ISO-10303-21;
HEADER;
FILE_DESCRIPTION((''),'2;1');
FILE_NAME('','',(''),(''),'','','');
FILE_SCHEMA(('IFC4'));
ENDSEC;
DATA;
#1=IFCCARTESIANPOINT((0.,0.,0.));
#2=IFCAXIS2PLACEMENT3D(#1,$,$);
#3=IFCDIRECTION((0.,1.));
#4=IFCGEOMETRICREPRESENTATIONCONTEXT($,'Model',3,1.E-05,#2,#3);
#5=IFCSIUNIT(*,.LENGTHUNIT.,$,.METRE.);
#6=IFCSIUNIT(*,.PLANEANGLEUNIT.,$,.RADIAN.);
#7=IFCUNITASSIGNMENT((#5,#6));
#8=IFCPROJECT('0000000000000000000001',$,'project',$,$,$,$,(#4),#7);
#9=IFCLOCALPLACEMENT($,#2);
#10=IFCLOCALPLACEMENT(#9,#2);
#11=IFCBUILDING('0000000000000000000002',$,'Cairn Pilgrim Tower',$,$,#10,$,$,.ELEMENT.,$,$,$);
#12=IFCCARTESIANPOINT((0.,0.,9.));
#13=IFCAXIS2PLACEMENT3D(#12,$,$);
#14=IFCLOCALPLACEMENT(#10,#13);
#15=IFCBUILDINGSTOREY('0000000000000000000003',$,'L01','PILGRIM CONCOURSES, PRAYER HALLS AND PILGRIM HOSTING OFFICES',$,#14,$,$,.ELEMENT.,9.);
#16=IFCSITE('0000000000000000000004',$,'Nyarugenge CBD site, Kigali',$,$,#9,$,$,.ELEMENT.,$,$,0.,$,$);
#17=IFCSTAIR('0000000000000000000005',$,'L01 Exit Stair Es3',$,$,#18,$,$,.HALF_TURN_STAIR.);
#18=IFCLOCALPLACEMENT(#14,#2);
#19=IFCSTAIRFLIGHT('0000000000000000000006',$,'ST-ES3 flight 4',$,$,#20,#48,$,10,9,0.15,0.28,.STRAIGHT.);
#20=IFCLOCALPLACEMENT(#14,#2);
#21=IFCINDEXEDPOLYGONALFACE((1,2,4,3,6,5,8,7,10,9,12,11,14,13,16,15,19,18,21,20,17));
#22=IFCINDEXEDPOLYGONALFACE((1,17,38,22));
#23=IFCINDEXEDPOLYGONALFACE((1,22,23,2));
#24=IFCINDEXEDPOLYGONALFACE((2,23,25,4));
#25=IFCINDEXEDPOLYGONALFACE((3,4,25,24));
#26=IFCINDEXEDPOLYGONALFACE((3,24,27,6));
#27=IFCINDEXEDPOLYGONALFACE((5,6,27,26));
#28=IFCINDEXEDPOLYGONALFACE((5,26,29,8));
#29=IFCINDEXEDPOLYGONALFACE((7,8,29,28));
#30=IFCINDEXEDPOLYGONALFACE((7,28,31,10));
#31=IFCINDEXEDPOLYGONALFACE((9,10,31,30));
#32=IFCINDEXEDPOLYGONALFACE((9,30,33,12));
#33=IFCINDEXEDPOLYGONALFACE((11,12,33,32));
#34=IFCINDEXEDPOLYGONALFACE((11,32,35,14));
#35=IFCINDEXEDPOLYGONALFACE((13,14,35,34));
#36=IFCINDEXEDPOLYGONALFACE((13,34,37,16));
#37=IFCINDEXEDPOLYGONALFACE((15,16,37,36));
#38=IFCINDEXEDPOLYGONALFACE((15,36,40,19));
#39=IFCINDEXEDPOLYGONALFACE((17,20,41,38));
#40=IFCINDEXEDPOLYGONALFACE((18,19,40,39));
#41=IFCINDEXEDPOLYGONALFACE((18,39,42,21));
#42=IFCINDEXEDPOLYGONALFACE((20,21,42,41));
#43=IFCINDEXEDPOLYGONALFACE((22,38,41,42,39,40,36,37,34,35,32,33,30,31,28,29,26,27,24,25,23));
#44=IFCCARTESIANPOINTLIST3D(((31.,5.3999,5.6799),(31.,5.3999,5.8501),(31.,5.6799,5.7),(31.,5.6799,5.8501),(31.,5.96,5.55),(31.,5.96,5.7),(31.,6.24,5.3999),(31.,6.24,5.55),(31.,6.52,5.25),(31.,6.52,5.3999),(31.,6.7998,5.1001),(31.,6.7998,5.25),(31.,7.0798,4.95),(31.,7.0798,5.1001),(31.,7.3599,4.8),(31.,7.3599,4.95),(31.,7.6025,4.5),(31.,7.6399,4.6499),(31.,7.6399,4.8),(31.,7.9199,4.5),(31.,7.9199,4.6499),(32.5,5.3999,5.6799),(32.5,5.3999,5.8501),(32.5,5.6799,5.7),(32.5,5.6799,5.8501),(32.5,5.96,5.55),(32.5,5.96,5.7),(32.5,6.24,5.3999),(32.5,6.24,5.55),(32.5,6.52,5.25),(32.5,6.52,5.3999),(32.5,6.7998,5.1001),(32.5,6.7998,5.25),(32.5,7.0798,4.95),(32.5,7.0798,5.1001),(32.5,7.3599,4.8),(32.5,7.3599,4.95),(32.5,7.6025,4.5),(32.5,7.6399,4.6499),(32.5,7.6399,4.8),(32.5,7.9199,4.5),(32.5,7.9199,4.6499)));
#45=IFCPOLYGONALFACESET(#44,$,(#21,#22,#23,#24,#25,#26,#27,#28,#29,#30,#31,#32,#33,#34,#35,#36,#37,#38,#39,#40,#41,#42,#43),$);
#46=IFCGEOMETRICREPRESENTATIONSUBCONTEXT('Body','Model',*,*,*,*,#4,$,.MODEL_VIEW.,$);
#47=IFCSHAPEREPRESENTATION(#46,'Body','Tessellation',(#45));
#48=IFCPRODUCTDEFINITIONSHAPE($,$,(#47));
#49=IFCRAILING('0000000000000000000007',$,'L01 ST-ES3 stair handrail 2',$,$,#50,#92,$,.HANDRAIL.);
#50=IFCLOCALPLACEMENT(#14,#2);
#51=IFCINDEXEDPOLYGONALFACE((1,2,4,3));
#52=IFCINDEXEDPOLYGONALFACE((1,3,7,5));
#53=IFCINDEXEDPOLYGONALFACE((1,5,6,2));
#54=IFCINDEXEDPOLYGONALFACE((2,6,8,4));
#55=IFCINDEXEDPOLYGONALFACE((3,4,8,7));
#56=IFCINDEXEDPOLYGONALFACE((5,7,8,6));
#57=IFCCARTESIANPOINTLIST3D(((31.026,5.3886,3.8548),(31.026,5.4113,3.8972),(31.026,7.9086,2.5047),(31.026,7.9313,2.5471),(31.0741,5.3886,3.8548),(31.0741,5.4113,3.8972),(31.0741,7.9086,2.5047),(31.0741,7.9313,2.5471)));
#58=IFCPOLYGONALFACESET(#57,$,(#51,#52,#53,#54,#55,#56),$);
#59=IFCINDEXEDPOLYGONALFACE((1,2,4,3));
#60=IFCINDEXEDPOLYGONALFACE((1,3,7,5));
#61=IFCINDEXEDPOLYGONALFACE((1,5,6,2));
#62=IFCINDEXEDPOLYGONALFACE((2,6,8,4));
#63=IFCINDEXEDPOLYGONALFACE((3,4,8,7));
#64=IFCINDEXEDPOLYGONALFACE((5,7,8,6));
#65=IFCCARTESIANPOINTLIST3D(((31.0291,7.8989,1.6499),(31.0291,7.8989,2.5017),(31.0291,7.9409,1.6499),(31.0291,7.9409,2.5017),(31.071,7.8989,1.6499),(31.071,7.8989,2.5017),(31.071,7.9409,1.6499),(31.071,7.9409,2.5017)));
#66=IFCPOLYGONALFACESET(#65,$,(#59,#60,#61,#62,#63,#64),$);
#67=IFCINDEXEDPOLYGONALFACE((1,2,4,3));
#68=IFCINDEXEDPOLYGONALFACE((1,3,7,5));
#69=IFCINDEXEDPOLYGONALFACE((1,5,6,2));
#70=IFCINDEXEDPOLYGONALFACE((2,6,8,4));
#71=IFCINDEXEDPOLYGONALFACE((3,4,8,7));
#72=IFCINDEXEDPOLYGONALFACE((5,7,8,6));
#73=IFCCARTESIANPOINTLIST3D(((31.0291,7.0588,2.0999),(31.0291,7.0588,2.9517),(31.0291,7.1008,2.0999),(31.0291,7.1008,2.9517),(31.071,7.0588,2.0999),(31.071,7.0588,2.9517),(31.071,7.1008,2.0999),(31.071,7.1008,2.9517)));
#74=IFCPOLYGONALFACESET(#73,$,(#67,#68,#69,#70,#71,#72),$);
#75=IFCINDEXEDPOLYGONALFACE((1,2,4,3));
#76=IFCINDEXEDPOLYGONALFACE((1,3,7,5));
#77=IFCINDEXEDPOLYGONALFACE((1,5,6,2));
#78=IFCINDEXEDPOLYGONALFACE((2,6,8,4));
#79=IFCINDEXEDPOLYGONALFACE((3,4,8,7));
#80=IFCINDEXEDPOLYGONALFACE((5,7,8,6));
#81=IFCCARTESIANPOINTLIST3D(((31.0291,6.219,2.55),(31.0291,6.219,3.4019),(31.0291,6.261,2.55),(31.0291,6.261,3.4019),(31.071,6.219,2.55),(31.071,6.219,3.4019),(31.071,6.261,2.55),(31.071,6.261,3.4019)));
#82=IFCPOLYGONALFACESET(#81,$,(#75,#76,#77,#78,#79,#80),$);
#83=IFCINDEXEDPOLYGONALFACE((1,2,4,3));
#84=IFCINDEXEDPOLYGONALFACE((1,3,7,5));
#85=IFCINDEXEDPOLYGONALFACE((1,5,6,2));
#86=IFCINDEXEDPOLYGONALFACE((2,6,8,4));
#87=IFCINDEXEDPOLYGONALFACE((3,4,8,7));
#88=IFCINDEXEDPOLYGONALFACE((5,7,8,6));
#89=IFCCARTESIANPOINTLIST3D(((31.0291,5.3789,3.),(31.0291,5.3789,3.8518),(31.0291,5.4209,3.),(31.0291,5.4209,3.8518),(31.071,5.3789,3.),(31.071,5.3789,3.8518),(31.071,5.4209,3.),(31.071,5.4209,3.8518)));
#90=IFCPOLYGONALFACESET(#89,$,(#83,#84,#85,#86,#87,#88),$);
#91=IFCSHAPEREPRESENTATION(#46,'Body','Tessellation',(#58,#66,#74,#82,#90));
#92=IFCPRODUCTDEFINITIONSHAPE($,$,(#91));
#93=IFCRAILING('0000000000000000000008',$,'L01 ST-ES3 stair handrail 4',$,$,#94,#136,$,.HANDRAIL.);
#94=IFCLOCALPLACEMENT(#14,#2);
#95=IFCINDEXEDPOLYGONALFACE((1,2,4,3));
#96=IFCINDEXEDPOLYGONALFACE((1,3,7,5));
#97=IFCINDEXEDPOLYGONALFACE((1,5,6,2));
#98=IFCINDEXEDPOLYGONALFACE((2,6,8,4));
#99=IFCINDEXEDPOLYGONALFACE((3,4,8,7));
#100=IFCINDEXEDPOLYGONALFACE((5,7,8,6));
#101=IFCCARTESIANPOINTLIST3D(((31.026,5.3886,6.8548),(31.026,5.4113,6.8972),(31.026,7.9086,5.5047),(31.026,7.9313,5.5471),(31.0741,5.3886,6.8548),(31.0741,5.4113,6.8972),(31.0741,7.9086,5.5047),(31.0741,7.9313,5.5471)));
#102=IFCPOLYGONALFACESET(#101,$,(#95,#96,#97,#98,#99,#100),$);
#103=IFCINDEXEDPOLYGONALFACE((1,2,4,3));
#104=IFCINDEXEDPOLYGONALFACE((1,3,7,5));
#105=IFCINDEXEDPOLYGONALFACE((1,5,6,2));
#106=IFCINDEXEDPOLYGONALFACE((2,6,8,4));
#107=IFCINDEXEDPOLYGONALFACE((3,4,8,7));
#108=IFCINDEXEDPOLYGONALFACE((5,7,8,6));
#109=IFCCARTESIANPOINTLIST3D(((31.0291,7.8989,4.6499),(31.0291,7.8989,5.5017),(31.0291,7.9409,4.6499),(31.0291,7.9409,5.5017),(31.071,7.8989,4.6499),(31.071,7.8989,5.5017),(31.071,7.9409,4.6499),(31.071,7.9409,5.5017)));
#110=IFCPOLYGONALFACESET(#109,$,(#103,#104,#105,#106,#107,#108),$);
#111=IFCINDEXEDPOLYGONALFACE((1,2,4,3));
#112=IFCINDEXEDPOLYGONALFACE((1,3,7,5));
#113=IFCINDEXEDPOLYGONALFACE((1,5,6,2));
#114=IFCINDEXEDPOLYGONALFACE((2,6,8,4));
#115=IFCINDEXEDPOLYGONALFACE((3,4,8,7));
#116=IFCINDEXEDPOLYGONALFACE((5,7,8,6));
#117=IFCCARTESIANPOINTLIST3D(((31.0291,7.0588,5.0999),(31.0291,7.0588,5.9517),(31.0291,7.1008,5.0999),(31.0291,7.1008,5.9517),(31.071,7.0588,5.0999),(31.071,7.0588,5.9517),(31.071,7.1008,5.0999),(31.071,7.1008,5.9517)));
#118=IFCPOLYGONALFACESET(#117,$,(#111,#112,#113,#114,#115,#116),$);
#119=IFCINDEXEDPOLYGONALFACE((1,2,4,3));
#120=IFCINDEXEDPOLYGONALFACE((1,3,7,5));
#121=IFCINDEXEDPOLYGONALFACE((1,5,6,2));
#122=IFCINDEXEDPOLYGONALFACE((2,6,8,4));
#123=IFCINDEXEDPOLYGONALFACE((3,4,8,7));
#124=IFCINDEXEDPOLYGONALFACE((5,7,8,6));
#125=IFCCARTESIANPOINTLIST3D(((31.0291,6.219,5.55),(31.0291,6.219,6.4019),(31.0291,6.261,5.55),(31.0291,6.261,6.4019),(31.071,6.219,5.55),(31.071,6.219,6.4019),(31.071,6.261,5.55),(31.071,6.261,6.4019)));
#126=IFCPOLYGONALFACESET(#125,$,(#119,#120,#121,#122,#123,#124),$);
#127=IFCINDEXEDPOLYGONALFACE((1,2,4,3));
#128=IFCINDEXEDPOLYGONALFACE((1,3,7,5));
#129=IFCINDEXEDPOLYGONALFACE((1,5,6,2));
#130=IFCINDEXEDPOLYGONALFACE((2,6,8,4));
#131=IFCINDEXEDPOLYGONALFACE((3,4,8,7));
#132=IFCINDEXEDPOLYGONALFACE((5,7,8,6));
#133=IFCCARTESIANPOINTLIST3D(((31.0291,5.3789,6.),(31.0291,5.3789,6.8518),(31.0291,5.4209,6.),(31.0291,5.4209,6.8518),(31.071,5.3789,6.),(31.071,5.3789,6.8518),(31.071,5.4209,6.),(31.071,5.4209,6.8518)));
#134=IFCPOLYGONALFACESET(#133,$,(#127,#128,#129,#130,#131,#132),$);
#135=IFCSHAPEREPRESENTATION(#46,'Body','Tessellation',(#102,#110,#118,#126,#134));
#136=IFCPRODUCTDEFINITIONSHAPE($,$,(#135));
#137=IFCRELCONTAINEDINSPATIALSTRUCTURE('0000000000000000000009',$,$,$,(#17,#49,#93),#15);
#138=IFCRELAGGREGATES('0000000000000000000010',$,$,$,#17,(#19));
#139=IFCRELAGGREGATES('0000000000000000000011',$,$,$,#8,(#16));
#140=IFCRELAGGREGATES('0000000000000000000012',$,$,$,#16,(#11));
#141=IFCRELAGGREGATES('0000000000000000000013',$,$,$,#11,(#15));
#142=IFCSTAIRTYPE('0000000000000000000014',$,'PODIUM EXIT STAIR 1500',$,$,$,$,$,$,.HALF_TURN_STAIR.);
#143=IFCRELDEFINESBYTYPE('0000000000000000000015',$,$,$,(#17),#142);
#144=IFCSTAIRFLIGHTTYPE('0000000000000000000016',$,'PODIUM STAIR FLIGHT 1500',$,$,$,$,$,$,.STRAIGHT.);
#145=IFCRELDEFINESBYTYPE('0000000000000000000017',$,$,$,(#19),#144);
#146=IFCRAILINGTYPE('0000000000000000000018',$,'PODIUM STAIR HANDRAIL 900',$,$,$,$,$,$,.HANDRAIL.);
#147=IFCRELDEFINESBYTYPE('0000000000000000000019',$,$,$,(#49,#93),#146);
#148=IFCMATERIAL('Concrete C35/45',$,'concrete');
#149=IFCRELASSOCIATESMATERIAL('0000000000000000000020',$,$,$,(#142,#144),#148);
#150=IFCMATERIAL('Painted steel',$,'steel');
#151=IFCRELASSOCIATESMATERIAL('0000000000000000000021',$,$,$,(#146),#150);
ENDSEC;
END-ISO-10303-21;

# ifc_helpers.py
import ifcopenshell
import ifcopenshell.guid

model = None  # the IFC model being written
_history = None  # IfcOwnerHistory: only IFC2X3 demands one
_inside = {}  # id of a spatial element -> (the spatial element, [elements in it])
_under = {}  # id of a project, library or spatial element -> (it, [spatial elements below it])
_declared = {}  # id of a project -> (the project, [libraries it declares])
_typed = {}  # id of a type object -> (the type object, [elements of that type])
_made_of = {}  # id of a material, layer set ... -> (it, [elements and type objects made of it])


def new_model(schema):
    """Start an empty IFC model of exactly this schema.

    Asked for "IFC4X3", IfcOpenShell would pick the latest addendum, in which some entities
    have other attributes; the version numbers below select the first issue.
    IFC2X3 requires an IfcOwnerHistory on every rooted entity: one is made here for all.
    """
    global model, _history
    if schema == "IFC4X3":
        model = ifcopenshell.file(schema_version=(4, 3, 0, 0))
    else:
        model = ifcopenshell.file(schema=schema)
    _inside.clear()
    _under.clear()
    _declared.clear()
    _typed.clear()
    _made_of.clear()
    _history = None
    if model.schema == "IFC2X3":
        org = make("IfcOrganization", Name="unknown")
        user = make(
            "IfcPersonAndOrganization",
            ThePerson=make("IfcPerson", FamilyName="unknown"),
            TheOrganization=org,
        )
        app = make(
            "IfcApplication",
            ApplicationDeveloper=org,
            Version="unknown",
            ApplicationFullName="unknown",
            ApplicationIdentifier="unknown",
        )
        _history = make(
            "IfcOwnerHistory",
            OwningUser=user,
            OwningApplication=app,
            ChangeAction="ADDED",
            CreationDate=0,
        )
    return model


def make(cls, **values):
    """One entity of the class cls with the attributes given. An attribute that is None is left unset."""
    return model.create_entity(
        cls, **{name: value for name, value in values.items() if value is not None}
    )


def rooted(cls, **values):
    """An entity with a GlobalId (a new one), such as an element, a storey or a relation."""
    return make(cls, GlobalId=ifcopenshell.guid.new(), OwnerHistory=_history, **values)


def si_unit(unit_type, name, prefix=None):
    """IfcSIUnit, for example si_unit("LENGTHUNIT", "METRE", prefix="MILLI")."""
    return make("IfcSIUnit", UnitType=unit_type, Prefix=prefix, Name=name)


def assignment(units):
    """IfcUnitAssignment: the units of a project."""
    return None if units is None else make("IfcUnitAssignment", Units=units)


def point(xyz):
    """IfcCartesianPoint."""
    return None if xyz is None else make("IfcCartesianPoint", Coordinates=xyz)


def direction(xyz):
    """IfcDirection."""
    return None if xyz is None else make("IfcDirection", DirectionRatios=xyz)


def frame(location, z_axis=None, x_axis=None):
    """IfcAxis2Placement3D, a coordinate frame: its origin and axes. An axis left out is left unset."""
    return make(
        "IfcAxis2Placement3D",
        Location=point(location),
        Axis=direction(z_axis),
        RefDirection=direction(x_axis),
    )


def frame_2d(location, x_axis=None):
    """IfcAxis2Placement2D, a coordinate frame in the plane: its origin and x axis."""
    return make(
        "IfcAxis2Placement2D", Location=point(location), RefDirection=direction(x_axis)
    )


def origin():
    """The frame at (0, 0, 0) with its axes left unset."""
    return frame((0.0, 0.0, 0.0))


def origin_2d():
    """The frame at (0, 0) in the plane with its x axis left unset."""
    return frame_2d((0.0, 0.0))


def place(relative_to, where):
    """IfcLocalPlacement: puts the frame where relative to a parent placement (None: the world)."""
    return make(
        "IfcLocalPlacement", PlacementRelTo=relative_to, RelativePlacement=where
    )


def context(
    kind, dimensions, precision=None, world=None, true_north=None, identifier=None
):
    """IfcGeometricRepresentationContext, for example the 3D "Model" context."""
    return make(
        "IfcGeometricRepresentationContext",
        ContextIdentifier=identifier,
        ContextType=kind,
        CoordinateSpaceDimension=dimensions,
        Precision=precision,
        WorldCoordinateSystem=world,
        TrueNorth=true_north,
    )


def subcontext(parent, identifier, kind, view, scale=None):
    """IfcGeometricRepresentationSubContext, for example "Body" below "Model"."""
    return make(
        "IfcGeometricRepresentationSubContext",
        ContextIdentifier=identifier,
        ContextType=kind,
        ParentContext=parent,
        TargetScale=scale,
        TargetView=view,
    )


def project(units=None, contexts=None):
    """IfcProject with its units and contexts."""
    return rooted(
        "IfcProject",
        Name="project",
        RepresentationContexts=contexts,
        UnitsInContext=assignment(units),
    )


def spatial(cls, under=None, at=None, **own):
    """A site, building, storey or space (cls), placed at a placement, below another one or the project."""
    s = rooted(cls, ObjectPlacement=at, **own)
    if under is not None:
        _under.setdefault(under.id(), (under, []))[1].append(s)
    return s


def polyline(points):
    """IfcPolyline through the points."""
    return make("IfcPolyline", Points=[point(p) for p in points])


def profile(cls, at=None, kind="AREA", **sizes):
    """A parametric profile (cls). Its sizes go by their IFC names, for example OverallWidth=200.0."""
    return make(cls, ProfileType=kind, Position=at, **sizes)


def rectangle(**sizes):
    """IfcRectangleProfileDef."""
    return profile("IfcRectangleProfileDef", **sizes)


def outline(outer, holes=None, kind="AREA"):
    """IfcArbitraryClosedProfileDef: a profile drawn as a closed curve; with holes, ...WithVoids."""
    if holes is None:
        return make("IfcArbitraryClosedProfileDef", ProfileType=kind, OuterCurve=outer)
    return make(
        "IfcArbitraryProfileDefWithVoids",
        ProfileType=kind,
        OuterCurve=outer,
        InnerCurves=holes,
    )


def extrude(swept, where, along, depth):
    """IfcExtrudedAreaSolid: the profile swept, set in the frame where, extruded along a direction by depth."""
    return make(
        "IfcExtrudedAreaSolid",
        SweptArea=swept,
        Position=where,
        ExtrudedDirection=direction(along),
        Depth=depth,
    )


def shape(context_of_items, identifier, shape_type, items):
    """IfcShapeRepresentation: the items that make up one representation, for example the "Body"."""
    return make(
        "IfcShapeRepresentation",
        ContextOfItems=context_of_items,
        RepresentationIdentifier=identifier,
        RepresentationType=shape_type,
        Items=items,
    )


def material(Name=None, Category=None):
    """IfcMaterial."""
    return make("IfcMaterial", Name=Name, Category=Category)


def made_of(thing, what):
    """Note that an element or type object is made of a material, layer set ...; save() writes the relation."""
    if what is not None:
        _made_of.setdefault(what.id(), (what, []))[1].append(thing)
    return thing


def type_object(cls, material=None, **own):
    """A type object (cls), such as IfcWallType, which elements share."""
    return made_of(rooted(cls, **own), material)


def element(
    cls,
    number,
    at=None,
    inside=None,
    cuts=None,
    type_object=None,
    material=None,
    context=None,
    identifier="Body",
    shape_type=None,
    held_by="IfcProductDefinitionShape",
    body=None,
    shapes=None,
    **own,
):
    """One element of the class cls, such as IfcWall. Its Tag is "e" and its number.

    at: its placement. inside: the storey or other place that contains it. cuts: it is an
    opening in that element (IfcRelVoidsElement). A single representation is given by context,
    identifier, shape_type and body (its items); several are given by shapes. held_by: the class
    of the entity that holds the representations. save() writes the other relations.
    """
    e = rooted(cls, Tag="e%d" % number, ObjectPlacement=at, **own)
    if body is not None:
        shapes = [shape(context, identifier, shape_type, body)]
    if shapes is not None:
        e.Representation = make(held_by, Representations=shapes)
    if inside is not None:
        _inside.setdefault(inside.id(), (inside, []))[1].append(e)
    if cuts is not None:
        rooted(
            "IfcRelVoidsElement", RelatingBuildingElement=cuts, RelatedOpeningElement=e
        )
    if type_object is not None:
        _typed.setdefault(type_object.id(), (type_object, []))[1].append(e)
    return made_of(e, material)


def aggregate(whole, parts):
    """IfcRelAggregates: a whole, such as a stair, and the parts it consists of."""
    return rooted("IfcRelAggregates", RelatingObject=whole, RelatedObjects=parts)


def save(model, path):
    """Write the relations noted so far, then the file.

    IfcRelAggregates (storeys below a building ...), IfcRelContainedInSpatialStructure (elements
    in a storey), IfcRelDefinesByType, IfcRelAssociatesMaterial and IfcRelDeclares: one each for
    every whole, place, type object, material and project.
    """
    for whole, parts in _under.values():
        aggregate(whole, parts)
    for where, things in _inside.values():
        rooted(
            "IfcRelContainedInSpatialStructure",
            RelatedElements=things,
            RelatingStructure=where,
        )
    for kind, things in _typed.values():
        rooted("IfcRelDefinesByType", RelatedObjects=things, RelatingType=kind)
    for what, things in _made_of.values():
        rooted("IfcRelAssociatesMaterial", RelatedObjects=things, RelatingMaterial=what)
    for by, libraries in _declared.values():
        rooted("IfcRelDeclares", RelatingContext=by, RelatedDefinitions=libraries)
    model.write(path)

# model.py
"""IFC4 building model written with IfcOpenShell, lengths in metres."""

from ifc_helpers import new_model, si_unit, direction, frame, origin, origin_2d, place, context, subcontext, project, spatial, polyline, rectangle, outline, extrude, material, type_object, element, aggregate, save


model = new_model("IFC4")

# Units and contexts
model_context = context("Model", 3, precision=1e-05, world=origin(), true_north=direction((0.0, 1.0)))
body_context = subcontext(model_context, "Body", "Model", "MODEL_VIEW")
ifc_project = project(units=[si_unit("LENGTHUNIT", "METRE"), si_unit("PLANEANGLEUNIT", "RADIAN")], contexts=[model_context])

# Site, building, storey
site_placement = place(None, origin())
site = spatial("IfcSite", under=ifc_project, at=site_placement, Name="Nyarugenge CBD site, Kigali", CompositionType="ELEMENT", RefElevation=0.0)
building_placement = place(site_placement, origin())
building = spatial("IfcBuilding", under=site, at=building_placement, Name="Cairn Pilgrim Tower", CompositionType="ELEMENT")
storey_placement = place(building_placement, frame((0.0, 0.0, 9.0)))
storey = spatial("IfcBuildingStorey", under=building, at=storey_placement, Name="L01", Description="PILGRIM CONCOURSES, PRAYER HALLS AND PILGRIM HOSTING OFFICES", CompositionType="ELEMENT", Elevation=9.0)

# Shared definitions
ifc_material_1 = material(Name="Concrete C35/45", Category="concrete")

# Stair, stair flight
stair_type = type_object("IfcStairType", Name="PODIUM EXIT STAIR 1500", PredefinedType="HALF_TURN_STAIR", material=ifc_material_1)
stair_placement = place(storey_placement, origin())
stair = element("IfcStair", 1, at=stair_placement, inside=storey, type_object=stair_type, Name="L01 Exit Stair Es3", PredefinedType="HALF_TURN_STAIR")
stair_flight_type = type_object("IfcStairFlightType", Name="PODIUM STAIR FLIGHT 1500", PredefinedType="STRAIGHT", material=ifc_material_1)
stair_flight_1_placement = place(storey_placement, frame((31.75, 7.9199, 4.5), z_axis=(0.0, 0.0, 1.0), x_axis=(0.0, -1.0, 0.0)))
stair_flight_1 = element("IfcStairFlight", 2, at=stair_flight_1_placement, type_object=stair_flight_type, Name="ST-ES3 flight 4", NumberOfRisers=10, NumberOfTreads=9, PredefinedType="STRAIGHT", RiserHeight=0.15, TreadLength=0.28, context=body_context, shape_type="SweptSolid", body=[
    extrude(outline(polyline([(0.0, 0.0), (0.0, 0.1499), (0.28, 0.1499), (0.28, 0.3), (0.5601, 0.3), (0.5601, 0.45), (0.8401, 0.45), (0.8401, 0.6001), (1.1201, 0.6001), (1.1201, 0.75), (1.3999, 0.75), (1.3999, 0.8999), (1.6799, 0.8999), (1.6799, 1.05), (1.96, 1.05), (1.96, 1.2), (2.24, 1.2), (2.24, 1.3501), (2.52, 1.3501), (2.52, 1.5), (2.52, 1.1799), (0.3174, 0.0), (0.0, 0.0)])), frame((0.0, 0.75, 0.0), z_axis=(0.0, -1.0, 0.0), x_axis=(1.0, 0.0, 0.0)), (0.0, 0.0, 1.0), 1.5),
])
aggregate(stair, [stair_flight_1])

# Railings
ifc_material_2 = material(Name="Painted steel", Category="steel")
railing_type = type_object("IfcRailingType", Name="PODIUM STAIR HANDRAIL 900", PredefinedType="HANDRAIL", material=ifc_material_2)
for number, where, name in (
    (3, (31.05, 7.9199, 1.6499), "L01 ST-ES3 stair handrail 2"),
    (4, (31.05, 7.9199, 4.6499), "L01 ST-ES3 stair handrail 4"),
):
    element("IfcRailing", number, at=place(storey_placement, frame(where)), inside=storey, type_object=railing_type, Name=name, PredefinedType="HANDRAIL", context=body_context, shape_type="SweptSolid", body=[
        extrude(rectangle(XDim=0.0481, YDim=0.0481, at=origin_2d()), frame((0.0, 0.0, 0.876), z_axis=(0.0, -0.881467, 0.472245), x_axis=(1.0, 0.0, 0.0)), (0.0, 0.0, 1.0), 2.8589),
        extrude(rectangle(XDim=0.042, YDim=0.042, at=origin_2d()), origin(), (0.0, 0.0, 1.0), 0.8518),
        extrude(rectangle(XDim=0.042, YDim=0.042, at=origin_2d()), frame((0.0, -0.8401, 0.45)), (0.0, 0.0, 1.0), 0.8518),
        extrude(rectangle(XDim=0.042, YDim=0.042, at=origin_2d()), frame((0.0, -1.6799, 0.9001)), (0.0, 0.0, 1.0), 0.8518),
        extrude(rectangle(XDim=0.042, YDim=0.042, at=origin_2d()), frame((0.0, -2.52, 1.3501)), (0.0, 0.0, 1.0), 0.8518),
    ])

save(model, "model.ifc")
